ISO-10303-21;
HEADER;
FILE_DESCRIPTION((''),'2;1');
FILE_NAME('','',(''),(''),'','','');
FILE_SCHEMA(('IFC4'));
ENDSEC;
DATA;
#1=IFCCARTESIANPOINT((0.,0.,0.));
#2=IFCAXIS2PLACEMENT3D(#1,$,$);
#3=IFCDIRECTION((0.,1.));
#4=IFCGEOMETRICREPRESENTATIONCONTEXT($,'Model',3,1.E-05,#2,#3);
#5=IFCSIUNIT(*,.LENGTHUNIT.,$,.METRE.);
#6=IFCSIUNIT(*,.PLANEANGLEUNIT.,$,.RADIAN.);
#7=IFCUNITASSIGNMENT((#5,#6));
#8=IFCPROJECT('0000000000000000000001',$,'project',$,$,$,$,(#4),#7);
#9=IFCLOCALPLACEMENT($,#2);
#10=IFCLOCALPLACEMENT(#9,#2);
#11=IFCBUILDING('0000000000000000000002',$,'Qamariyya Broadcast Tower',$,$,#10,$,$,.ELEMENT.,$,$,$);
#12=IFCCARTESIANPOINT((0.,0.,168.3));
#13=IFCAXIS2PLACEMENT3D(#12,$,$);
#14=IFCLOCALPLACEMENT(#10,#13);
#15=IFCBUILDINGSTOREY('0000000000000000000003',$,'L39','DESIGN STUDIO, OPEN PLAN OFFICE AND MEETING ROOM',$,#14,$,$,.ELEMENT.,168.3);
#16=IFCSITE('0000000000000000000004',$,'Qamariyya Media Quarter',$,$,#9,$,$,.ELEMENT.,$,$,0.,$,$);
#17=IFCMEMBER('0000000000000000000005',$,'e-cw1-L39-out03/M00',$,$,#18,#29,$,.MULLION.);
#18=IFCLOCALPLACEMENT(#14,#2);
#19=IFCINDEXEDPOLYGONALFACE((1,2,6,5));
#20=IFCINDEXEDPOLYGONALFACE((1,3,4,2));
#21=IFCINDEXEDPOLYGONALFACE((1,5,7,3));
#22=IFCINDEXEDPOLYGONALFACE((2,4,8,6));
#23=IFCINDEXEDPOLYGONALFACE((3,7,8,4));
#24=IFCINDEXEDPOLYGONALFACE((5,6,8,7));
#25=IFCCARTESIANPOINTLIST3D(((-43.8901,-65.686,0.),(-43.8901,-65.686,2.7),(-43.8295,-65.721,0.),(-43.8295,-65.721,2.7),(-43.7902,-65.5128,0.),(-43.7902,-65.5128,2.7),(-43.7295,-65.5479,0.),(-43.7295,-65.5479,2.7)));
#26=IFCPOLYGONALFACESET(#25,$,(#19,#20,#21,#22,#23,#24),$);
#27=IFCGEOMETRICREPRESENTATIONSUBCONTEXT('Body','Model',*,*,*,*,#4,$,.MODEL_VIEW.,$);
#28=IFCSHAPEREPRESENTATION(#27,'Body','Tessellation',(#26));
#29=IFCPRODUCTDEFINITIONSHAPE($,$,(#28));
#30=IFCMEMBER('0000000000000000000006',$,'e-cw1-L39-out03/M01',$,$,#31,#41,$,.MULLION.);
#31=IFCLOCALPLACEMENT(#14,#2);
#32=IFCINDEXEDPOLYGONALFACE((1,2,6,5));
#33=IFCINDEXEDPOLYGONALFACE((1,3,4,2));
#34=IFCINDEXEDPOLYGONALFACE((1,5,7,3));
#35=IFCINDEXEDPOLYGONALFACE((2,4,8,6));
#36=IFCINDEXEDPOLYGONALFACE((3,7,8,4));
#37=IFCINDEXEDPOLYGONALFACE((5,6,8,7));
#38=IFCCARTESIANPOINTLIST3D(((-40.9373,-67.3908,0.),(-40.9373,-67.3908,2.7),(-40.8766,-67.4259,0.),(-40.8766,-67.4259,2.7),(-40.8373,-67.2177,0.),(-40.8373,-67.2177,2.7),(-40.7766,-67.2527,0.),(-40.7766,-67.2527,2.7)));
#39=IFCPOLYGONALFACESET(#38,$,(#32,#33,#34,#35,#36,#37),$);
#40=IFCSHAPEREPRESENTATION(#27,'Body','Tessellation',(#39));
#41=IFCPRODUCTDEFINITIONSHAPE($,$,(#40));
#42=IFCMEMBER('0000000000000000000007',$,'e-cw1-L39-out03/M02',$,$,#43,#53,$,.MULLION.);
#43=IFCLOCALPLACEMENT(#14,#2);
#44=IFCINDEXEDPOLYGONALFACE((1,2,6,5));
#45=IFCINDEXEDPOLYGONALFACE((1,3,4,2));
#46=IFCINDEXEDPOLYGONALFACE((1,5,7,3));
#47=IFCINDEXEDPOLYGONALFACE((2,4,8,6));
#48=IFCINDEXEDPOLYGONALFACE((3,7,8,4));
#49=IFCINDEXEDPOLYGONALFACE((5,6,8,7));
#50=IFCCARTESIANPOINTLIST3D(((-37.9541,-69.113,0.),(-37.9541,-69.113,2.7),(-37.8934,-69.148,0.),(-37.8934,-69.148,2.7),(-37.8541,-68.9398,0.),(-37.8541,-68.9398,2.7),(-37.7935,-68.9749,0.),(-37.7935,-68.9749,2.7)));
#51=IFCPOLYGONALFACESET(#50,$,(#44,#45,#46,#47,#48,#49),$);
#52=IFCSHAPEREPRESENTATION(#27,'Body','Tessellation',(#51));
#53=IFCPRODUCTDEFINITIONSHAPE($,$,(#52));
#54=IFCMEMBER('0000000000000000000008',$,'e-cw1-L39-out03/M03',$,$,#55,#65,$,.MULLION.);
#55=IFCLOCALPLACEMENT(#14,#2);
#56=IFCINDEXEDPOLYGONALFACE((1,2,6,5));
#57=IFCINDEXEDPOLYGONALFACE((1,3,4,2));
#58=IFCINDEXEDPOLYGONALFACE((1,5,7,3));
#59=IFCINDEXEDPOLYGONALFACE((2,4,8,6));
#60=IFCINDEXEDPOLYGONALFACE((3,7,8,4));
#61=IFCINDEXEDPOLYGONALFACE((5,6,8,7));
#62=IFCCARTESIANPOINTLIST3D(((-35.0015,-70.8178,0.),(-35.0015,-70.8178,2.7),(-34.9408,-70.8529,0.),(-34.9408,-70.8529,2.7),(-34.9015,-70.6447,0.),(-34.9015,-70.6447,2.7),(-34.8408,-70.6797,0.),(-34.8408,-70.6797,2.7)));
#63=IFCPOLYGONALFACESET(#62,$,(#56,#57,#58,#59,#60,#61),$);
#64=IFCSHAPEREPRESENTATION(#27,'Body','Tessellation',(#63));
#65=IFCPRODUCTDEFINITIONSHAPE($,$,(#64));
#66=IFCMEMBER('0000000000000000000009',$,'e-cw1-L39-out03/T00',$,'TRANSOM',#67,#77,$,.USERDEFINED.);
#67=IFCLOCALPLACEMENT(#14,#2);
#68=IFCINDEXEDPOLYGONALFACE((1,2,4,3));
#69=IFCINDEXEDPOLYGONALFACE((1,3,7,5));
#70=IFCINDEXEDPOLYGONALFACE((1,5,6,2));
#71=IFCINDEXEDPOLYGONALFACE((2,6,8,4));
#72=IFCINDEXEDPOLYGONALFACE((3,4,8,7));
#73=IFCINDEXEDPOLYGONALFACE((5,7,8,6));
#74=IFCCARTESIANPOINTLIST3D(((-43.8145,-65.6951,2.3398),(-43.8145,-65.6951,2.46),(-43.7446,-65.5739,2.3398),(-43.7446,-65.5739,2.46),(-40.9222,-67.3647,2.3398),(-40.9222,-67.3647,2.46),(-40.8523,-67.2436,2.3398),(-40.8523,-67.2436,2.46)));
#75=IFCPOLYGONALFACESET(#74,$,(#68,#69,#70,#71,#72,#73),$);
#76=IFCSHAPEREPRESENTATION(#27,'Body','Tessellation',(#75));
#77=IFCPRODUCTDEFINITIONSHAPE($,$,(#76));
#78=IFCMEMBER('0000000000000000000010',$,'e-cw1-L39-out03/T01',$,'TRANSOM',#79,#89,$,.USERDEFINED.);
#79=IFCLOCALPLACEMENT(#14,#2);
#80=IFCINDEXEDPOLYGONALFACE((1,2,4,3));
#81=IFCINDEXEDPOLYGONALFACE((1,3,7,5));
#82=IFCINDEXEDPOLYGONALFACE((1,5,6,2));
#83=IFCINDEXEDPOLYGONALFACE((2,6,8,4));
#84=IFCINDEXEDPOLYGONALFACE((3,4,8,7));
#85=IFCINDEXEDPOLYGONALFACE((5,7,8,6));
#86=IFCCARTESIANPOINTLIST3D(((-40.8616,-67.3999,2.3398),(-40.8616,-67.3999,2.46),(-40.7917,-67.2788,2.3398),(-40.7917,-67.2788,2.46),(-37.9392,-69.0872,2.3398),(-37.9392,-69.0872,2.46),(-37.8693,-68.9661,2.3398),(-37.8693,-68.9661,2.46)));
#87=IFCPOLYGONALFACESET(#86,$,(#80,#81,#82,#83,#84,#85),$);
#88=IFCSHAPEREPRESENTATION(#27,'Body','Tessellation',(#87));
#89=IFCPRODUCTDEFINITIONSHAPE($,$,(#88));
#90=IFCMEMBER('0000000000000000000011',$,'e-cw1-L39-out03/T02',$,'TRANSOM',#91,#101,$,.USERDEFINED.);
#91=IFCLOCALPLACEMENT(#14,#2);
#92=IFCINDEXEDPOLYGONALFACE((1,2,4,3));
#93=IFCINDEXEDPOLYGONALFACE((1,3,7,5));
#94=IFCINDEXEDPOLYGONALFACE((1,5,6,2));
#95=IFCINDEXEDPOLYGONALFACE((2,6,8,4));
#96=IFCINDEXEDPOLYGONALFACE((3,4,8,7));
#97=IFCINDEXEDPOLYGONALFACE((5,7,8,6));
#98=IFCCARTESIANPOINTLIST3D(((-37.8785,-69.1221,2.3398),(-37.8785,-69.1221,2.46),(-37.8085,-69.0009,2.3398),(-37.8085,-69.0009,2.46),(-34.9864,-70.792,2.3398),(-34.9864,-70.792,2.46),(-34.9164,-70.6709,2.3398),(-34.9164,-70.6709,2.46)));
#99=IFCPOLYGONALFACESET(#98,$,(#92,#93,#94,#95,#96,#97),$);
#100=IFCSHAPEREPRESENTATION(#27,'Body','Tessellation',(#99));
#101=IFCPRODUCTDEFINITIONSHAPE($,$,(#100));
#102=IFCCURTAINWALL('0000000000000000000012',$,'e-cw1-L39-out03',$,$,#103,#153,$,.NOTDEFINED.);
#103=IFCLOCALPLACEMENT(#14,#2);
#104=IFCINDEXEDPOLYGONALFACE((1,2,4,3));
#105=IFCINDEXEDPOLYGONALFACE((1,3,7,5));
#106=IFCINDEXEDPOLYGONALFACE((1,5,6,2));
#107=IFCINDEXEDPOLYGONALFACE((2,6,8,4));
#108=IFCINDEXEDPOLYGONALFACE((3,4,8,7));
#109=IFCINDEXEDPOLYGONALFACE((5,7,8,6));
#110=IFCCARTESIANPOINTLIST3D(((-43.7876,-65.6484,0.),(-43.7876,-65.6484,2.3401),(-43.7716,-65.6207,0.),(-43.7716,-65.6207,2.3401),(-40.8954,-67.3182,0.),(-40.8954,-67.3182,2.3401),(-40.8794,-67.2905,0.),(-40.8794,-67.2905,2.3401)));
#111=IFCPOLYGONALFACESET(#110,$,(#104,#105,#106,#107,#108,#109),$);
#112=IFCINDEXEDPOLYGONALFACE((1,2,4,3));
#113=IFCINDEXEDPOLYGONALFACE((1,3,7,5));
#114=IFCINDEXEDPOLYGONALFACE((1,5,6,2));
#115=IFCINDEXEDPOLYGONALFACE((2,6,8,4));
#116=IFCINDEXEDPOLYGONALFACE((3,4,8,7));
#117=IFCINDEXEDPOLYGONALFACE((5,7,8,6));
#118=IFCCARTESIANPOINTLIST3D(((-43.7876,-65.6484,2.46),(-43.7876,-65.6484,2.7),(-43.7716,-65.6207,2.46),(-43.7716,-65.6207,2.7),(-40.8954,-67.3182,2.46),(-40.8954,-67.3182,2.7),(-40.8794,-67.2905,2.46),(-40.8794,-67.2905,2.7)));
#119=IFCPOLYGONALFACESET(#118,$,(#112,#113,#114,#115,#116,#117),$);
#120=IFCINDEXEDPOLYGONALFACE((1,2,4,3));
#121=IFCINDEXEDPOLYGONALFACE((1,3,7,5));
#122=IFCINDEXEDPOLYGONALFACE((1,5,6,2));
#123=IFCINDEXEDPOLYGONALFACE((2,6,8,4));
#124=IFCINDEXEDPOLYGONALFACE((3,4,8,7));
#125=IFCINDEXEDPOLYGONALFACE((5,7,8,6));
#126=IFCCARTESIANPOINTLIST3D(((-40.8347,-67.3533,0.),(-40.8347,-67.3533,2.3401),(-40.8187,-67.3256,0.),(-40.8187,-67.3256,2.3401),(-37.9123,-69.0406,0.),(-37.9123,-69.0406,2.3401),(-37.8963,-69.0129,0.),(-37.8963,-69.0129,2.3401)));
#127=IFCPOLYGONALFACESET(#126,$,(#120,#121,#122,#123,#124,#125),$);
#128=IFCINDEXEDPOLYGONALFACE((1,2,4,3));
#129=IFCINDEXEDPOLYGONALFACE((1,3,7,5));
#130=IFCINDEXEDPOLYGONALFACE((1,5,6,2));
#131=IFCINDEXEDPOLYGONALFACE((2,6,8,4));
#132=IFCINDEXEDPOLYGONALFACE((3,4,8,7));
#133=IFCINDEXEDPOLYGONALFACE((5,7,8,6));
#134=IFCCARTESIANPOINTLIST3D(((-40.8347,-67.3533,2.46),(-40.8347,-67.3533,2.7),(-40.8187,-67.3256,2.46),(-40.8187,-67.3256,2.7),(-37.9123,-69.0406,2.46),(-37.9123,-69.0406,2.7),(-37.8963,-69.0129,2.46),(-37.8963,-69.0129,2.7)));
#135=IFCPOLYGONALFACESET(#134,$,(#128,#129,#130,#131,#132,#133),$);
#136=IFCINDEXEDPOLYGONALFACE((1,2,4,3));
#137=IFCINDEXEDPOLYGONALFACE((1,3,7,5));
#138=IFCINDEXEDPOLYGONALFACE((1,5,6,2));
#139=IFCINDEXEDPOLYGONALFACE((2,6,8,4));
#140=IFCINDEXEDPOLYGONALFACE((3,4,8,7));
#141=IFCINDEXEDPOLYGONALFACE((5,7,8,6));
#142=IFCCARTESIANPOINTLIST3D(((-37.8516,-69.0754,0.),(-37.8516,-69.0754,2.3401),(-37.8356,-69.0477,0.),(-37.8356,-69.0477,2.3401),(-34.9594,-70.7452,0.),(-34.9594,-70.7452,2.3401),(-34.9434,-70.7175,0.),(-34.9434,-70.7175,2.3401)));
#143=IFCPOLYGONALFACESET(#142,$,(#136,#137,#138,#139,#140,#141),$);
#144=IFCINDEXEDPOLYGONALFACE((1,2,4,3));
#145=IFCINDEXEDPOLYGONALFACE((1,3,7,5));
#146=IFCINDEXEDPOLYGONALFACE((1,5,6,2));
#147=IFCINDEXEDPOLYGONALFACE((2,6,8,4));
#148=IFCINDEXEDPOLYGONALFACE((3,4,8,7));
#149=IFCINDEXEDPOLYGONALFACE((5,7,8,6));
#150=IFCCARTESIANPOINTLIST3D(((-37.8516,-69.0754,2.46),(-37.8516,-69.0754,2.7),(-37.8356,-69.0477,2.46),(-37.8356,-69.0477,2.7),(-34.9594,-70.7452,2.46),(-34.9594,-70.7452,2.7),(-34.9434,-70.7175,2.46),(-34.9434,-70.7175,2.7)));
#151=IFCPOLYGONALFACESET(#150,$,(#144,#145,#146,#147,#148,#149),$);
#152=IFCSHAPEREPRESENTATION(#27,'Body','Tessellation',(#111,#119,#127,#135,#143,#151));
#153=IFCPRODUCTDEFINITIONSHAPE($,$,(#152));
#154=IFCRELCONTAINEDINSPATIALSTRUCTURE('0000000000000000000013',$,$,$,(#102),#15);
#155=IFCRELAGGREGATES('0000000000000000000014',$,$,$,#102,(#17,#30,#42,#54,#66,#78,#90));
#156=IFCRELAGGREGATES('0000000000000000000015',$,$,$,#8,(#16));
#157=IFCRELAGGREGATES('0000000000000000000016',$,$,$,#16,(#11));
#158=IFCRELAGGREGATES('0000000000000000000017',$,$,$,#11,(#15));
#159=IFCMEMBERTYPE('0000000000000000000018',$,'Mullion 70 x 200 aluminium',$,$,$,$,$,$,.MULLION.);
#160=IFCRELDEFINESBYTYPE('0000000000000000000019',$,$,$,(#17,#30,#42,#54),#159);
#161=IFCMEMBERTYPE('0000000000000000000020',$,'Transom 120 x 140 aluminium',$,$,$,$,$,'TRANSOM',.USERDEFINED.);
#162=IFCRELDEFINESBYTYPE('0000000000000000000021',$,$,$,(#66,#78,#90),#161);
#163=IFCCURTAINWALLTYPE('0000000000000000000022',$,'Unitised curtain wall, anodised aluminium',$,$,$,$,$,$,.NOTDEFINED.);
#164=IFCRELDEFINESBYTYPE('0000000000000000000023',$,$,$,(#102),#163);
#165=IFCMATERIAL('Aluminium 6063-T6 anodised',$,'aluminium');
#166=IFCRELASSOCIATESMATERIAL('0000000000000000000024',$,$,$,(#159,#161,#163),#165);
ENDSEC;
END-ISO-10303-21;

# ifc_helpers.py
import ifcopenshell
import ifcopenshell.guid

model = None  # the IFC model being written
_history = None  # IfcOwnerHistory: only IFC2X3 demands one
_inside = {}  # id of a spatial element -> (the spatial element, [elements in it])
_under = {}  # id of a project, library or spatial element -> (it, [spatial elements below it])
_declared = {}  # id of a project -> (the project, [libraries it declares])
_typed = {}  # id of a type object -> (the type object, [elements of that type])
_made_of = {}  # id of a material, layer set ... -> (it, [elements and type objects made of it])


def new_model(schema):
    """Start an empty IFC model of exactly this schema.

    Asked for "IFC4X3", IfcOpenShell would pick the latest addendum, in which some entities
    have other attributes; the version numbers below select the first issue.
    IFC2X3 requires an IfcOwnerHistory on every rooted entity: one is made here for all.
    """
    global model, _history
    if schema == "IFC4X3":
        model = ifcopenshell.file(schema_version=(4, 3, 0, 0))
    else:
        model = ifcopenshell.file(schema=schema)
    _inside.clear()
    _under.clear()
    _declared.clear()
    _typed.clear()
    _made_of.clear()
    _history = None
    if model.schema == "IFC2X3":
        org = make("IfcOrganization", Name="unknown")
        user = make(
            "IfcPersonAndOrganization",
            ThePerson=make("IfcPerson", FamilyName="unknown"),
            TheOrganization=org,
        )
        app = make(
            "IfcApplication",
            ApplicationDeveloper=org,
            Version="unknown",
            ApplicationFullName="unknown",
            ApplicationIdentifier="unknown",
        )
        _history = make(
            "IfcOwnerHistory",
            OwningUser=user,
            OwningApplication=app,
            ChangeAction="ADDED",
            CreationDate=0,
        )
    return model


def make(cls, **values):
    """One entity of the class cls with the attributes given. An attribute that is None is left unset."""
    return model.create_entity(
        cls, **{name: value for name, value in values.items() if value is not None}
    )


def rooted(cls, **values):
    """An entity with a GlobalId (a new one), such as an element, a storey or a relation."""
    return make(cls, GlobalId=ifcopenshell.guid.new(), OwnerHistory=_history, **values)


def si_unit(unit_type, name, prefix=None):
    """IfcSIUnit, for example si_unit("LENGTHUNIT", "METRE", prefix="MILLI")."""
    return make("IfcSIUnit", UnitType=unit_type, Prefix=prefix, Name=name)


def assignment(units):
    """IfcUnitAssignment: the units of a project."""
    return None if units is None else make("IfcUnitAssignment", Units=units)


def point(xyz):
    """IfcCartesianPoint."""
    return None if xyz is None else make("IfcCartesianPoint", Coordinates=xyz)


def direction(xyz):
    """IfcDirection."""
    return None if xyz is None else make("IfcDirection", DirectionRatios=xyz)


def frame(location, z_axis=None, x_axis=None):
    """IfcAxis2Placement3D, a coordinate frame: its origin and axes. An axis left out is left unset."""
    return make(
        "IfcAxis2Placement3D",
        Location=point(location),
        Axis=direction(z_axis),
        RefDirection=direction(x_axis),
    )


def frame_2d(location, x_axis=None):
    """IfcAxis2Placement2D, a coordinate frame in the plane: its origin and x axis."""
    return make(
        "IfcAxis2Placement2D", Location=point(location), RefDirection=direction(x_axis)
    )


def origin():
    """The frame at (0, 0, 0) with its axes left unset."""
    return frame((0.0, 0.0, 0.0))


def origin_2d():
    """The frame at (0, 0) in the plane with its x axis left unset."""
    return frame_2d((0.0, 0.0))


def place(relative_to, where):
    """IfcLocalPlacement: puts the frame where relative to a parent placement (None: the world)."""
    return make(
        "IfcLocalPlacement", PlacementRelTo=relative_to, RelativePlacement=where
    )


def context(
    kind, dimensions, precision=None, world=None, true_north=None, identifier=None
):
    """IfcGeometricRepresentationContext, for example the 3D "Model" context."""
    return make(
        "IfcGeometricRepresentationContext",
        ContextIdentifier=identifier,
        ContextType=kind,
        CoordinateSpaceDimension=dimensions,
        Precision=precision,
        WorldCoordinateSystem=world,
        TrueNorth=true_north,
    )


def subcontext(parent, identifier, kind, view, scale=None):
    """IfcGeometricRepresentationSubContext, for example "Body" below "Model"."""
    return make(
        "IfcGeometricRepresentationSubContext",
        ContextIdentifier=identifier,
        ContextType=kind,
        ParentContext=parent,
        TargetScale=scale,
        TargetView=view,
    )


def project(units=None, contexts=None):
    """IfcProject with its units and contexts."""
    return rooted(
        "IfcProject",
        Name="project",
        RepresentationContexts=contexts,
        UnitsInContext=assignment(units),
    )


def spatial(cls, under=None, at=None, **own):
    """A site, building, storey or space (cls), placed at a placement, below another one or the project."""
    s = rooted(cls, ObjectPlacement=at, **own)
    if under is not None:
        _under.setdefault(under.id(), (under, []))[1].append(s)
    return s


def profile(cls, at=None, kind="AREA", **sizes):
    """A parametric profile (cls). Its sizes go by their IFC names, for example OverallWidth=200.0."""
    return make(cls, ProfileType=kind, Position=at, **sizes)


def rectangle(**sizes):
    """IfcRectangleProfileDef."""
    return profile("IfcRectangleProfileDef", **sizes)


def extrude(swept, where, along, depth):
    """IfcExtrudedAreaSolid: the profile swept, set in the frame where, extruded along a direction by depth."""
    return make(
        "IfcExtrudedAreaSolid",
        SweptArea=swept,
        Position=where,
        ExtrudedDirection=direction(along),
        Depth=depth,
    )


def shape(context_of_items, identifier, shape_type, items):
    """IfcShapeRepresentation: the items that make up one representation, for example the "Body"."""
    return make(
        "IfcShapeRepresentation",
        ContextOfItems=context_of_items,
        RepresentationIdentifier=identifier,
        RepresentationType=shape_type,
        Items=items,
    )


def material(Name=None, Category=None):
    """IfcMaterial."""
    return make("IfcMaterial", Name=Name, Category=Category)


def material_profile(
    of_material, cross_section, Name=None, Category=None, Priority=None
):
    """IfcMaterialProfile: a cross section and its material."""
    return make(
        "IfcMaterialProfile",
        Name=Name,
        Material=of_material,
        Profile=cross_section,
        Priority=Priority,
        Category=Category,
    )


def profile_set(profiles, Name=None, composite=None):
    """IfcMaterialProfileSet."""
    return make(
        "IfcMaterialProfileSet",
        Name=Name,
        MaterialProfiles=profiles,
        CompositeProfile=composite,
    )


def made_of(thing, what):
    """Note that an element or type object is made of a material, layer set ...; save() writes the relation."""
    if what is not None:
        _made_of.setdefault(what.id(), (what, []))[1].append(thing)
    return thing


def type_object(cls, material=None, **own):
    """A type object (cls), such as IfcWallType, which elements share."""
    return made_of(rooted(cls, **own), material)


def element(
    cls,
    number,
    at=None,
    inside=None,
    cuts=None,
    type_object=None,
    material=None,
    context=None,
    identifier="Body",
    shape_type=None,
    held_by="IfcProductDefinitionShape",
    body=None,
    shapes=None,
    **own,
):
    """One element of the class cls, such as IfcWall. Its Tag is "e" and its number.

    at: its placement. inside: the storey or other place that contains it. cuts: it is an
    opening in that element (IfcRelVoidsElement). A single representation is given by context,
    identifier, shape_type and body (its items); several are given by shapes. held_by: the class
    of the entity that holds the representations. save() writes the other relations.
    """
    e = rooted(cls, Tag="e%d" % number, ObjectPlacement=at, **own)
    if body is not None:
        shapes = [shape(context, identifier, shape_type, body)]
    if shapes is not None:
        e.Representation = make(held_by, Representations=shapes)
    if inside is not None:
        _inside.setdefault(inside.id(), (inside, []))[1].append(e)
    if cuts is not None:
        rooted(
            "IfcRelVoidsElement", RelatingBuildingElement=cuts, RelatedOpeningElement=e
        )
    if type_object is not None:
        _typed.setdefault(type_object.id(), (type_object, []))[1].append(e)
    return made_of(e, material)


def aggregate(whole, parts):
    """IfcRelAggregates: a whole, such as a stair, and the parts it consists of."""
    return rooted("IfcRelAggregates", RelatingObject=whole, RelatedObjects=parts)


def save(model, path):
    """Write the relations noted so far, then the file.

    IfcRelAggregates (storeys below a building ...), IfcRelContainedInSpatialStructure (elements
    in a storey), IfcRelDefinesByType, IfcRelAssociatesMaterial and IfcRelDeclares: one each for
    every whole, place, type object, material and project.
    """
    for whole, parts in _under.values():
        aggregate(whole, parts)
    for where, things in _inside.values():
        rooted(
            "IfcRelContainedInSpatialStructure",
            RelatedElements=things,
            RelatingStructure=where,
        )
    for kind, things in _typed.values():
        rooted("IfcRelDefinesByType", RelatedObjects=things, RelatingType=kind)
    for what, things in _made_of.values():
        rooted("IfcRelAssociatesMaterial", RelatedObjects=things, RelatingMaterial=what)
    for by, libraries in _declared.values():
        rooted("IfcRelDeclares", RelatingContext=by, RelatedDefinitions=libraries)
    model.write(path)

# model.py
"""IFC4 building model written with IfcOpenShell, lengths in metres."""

from ifc_helpers import new_model, si_unit, direction, frame, origin, origin_2d, place, context, subcontext, project, spatial, rectangle, extrude, material, material_profile, profile_set, type_object, element, aggregate, save


model = new_model("IFC4")

# Units and contexts
model_context = context("Model", 3, precision=1e-05, world=origin(), true_north=direction((0.0, 1.0)))
body_context = subcontext(model_context, "Body", "Model", "MODEL_VIEW")
ifc_project = project(units=[si_unit("LENGTHUNIT", "METRE"), si_unit("PLANEANGLEUNIT", "RADIAN")], contexts=[model_context])

# Members
ifc_material = material(Name="Aluminium 6063-T6 anodised", Category="aluminium")
ifc_material_profile_1 = material_profile(ifc_material, rectangle(XDim=0.2, YDim=0.0701, at=origin_2d()))
ifc_profile_set_1 = profile_set([ifc_material_profile_1], Name="Aluminium 6063-T6 anodised")
member_type_1 = type_object("IfcMemberType", Name="Mullion 70 x 200 aluminium", PredefinedType="MULLION", material=ifc_profile_set_1)
site_placement = place(None, origin())
building_placement = place(site_placement, origin())
storey_placement = place(building_placement, frame((0.0, 0.0, 168.3)))
member_1_placement = place(storey_placement, frame((-43.8098, -65.6169, 0.0), z_axis=(0.0, 0.0, 1.0), x_axis=(0.5, 0.866025, 0.0)))
member_1 = element("IfcMember", 1, at=member_1_placement, type_object=member_type_1, Name="e-cw1-L39-out03/M00", PredefinedType="MULLION", context=body_context, shape_type="SweptSolid", body=[
    extrude(rectangle(XDim=0.2, YDim=0.0701, at=origin_2d()), origin(), (0.0, 0.0, 1.0), 2.7),
])
member_2_placement = place(storey_placement, frame((-40.8569, -67.3218, 0.0), z_axis=(0.0, 0.0, 1.0), x_axis=(0.5, 0.866025, 0.0)))
member_2 = element("IfcMember", 2, at=member_2_placement, type_object=member_type_1, Name="e-cw1-L39-out03/M01", PredefinedType="MULLION", context=body_context, shape_type="SweptSolid", body=[
    extrude(rectangle(XDim=0.2, YDim=0.0701, at=origin_2d()), origin(), (0.0, 0.0, 1.0), 2.7),
])
member_3_placement = place(storey_placement, frame((-37.8738, -69.0439, 0.0), z_axis=(0.0, 0.0, 1.0), x_axis=(0.5, 0.866025, 0.0)))
member_3 = element("IfcMember", 3, at=member_3_placement, type_object=member_type_1, Name="e-cw1-L39-out03/M02", PredefinedType="MULLION", context=body_context, shape_type="SweptSolid", body=[
    extrude(rectangle(XDim=0.2, YDim=0.0701, at=origin_2d()), origin(), (0.0, 0.0, 1.0), 2.7),
])
member_4_placement = place(storey_placement, frame((-34.9211, -70.7488, 0.0), z_axis=(0.0, 0.0, 1.0), x_axis=(0.5, 0.866025, 0.0)))
member_4 = element("IfcMember", 4, at=member_4_placement, type_object=member_type_1, Name="e-cw1-L39-out03/M03", PredefinedType="MULLION", context=body_context, shape_type="SweptSolid", body=[
    extrude(rectangle(XDim=0.2, YDim=0.0701, at=origin_2d()), origin(), (0.0, 0.0, 1.0), 2.7),
])
ifc_material_profile_2 = material_profile(ifc_material, rectangle(XDim=0.1399, YDim=0.1201, at=origin_2d()))
ifc_profile_set_2 = profile_set([ifc_material_profile_2], Name="Aluminium 6063-T6 anodised")
member_type_2 = type_object("IfcMemberType", Name="Transom 120 x 140 aluminium", ElementType="TRANSOM", PredefinedType="USERDEFINED", material=ifc_profile_set_2)
member_5_placement = place(storey_placement, frame((-43.7795, -65.6345, 2.3999), z_axis=(0.866053, -0.499952, 0.0), x_axis=(0.499952, 0.866053, 0.0)))
member_5 = element("IfcMember", 5, at=member_5_placement, type_object=member_type_2, Name="e-cw1-L39-out03/T00", ObjectType="TRANSOM", PredefinedType="USERDEFINED", context=body_context, shape_type="SweptSolid", body=[
    extrude(rectangle(XDim=0.1399, YDim=0.1201, at=origin_2d()), origin(), (0.0, 0.0, 1.0), 3.3396),
])
member_6_placement = place(storey_placement, frame((-40.8267, -67.3394, 2.3999), z_axis=(0.866022, -0.500006, 0.0), x_axis=(0.500006, 0.866022, 0.0)))
member_6 = element("IfcMember", 6, at=member_6_placement, type_object=member_type_2, Name="e-cw1-L39-out03/T01", ObjectType="TRANSOM", PredefinedType="USERDEFINED", context=body_context, shape_type="SweptSolid", body=[
    extrude(rectangle(XDim=0.1399, YDim=0.1201, at=origin_2d()), origin(), (0.0, 0.0, 1.0), 3.3745),
])
member_7_placement = place(storey_placement, frame((-37.8435, -69.0615, 2.3999), z_axis=(0.866003, -0.500039, 0.0), x_axis=(0.500039, 0.866003, 0.0)))
member_7 = element("IfcMember", 7, at=member_7_placement, type_object=member_type_2, Name="e-cw1-L39-out03/T02", ObjectType="TRANSOM", PredefinedType="USERDEFINED", context=body_context, shape_type="SweptSolid", body=[
    extrude(rectangle(XDim=0.1399, YDim=0.1201, at=origin_2d()), origin(), (0.0, 0.0, 1.0), 3.3396),
])

# Site, building, storey
site = spatial("IfcSite", under=ifc_project, at=site_placement, Name="Qamariyya Media Quarter", CompositionType="ELEMENT", RefElevation=0.0)
building = spatial("IfcBuilding", under=site, at=building_placement, Name="Qamariyya Broadcast Tower", CompositionType="ELEMENT")
storey = spatial("IfcBuildingStorey", under=building, at=storey_placement, Name="L39", Description="DESIGN STUDIO, OPEN PLAN OFFICE AND MEETING ROOM", CompositionType="ELEMENT", Elevation=168.3)

# Curtain wall
curtain_wall_type = type_object("IfcCurtainWallType", Name="Unitised curtain wall, anodised aluminium", PredefinedType="NOTDEFINED", material=ifc_material)
curtain_wall_1_placement = place(storey_placement, origin())
curtain_wall_1 = element("IfcCurtainWall", 8, at=curtain_wall_1_placement, inside=storey, type_object=curtain_wall_type, Name="e-cw1-L39-out03", PredefinedType="NOTDEFINED", context=body_context, shape_type="SweptSolid", body=[
    extrude(rectangle(XDim=3.3396, YDim=0.032, at=origin_2d()), frame((-42.3335, -66.4695, 0.0), x_axis=(0.866029, -0.499994, 0.0)), (0.0, 0.0, 1.0), 2.3401),
    extrude(rectangle(XDim=3.3396, YDim=0.032, at=origin_2d()), frame((-42.3335, -66.4695, 2.46), x_axis=(0.866029, -0.499994, 0.0)), (0.0, 0.0, 1.0), 0.24),
    extrude(rectangle(XDim=3.3745, YDim=0.032, at=origin_2d()), frame((-39.3655, -68.1831, 0.0), x_axis=(0.866029, -0.499994, 0.0)), (0.0, 0.0, 1.0), 2.3401),
    extrude(rectangle(XDim=3.3745, YDim=0.032, at=origin_2d()), frame((-39.3655, -68.1831, 2.46), x_axis=(0.866029, -0.499994, 0.0)), (0.0, 0.0, 1.0), 0.24),
    extrude(rectangle(XDim=3.3396, YDim=0.032, at=origin_2d()), frame((-36.3975, -69.8965, 0.0), x_axis=(0.866029, -0.499994, 0.0)), (0.0, 0.0, 1.0), 2.3401),
    extrude(rectangle(XDim=3.3396, YDim=0.032, at=origin_2d()), frame((-36.3975, -69.8965, 2.46), x_axis=(0.866029, -0.499994, 0.0)), (0.0, 0.0, 1.0), 0.24),
])
aggregate(curtain_wall_1, [member_1, member_2, member_3, member_4, member_5, member_6, member_7])

save(model, "model.ifc")
